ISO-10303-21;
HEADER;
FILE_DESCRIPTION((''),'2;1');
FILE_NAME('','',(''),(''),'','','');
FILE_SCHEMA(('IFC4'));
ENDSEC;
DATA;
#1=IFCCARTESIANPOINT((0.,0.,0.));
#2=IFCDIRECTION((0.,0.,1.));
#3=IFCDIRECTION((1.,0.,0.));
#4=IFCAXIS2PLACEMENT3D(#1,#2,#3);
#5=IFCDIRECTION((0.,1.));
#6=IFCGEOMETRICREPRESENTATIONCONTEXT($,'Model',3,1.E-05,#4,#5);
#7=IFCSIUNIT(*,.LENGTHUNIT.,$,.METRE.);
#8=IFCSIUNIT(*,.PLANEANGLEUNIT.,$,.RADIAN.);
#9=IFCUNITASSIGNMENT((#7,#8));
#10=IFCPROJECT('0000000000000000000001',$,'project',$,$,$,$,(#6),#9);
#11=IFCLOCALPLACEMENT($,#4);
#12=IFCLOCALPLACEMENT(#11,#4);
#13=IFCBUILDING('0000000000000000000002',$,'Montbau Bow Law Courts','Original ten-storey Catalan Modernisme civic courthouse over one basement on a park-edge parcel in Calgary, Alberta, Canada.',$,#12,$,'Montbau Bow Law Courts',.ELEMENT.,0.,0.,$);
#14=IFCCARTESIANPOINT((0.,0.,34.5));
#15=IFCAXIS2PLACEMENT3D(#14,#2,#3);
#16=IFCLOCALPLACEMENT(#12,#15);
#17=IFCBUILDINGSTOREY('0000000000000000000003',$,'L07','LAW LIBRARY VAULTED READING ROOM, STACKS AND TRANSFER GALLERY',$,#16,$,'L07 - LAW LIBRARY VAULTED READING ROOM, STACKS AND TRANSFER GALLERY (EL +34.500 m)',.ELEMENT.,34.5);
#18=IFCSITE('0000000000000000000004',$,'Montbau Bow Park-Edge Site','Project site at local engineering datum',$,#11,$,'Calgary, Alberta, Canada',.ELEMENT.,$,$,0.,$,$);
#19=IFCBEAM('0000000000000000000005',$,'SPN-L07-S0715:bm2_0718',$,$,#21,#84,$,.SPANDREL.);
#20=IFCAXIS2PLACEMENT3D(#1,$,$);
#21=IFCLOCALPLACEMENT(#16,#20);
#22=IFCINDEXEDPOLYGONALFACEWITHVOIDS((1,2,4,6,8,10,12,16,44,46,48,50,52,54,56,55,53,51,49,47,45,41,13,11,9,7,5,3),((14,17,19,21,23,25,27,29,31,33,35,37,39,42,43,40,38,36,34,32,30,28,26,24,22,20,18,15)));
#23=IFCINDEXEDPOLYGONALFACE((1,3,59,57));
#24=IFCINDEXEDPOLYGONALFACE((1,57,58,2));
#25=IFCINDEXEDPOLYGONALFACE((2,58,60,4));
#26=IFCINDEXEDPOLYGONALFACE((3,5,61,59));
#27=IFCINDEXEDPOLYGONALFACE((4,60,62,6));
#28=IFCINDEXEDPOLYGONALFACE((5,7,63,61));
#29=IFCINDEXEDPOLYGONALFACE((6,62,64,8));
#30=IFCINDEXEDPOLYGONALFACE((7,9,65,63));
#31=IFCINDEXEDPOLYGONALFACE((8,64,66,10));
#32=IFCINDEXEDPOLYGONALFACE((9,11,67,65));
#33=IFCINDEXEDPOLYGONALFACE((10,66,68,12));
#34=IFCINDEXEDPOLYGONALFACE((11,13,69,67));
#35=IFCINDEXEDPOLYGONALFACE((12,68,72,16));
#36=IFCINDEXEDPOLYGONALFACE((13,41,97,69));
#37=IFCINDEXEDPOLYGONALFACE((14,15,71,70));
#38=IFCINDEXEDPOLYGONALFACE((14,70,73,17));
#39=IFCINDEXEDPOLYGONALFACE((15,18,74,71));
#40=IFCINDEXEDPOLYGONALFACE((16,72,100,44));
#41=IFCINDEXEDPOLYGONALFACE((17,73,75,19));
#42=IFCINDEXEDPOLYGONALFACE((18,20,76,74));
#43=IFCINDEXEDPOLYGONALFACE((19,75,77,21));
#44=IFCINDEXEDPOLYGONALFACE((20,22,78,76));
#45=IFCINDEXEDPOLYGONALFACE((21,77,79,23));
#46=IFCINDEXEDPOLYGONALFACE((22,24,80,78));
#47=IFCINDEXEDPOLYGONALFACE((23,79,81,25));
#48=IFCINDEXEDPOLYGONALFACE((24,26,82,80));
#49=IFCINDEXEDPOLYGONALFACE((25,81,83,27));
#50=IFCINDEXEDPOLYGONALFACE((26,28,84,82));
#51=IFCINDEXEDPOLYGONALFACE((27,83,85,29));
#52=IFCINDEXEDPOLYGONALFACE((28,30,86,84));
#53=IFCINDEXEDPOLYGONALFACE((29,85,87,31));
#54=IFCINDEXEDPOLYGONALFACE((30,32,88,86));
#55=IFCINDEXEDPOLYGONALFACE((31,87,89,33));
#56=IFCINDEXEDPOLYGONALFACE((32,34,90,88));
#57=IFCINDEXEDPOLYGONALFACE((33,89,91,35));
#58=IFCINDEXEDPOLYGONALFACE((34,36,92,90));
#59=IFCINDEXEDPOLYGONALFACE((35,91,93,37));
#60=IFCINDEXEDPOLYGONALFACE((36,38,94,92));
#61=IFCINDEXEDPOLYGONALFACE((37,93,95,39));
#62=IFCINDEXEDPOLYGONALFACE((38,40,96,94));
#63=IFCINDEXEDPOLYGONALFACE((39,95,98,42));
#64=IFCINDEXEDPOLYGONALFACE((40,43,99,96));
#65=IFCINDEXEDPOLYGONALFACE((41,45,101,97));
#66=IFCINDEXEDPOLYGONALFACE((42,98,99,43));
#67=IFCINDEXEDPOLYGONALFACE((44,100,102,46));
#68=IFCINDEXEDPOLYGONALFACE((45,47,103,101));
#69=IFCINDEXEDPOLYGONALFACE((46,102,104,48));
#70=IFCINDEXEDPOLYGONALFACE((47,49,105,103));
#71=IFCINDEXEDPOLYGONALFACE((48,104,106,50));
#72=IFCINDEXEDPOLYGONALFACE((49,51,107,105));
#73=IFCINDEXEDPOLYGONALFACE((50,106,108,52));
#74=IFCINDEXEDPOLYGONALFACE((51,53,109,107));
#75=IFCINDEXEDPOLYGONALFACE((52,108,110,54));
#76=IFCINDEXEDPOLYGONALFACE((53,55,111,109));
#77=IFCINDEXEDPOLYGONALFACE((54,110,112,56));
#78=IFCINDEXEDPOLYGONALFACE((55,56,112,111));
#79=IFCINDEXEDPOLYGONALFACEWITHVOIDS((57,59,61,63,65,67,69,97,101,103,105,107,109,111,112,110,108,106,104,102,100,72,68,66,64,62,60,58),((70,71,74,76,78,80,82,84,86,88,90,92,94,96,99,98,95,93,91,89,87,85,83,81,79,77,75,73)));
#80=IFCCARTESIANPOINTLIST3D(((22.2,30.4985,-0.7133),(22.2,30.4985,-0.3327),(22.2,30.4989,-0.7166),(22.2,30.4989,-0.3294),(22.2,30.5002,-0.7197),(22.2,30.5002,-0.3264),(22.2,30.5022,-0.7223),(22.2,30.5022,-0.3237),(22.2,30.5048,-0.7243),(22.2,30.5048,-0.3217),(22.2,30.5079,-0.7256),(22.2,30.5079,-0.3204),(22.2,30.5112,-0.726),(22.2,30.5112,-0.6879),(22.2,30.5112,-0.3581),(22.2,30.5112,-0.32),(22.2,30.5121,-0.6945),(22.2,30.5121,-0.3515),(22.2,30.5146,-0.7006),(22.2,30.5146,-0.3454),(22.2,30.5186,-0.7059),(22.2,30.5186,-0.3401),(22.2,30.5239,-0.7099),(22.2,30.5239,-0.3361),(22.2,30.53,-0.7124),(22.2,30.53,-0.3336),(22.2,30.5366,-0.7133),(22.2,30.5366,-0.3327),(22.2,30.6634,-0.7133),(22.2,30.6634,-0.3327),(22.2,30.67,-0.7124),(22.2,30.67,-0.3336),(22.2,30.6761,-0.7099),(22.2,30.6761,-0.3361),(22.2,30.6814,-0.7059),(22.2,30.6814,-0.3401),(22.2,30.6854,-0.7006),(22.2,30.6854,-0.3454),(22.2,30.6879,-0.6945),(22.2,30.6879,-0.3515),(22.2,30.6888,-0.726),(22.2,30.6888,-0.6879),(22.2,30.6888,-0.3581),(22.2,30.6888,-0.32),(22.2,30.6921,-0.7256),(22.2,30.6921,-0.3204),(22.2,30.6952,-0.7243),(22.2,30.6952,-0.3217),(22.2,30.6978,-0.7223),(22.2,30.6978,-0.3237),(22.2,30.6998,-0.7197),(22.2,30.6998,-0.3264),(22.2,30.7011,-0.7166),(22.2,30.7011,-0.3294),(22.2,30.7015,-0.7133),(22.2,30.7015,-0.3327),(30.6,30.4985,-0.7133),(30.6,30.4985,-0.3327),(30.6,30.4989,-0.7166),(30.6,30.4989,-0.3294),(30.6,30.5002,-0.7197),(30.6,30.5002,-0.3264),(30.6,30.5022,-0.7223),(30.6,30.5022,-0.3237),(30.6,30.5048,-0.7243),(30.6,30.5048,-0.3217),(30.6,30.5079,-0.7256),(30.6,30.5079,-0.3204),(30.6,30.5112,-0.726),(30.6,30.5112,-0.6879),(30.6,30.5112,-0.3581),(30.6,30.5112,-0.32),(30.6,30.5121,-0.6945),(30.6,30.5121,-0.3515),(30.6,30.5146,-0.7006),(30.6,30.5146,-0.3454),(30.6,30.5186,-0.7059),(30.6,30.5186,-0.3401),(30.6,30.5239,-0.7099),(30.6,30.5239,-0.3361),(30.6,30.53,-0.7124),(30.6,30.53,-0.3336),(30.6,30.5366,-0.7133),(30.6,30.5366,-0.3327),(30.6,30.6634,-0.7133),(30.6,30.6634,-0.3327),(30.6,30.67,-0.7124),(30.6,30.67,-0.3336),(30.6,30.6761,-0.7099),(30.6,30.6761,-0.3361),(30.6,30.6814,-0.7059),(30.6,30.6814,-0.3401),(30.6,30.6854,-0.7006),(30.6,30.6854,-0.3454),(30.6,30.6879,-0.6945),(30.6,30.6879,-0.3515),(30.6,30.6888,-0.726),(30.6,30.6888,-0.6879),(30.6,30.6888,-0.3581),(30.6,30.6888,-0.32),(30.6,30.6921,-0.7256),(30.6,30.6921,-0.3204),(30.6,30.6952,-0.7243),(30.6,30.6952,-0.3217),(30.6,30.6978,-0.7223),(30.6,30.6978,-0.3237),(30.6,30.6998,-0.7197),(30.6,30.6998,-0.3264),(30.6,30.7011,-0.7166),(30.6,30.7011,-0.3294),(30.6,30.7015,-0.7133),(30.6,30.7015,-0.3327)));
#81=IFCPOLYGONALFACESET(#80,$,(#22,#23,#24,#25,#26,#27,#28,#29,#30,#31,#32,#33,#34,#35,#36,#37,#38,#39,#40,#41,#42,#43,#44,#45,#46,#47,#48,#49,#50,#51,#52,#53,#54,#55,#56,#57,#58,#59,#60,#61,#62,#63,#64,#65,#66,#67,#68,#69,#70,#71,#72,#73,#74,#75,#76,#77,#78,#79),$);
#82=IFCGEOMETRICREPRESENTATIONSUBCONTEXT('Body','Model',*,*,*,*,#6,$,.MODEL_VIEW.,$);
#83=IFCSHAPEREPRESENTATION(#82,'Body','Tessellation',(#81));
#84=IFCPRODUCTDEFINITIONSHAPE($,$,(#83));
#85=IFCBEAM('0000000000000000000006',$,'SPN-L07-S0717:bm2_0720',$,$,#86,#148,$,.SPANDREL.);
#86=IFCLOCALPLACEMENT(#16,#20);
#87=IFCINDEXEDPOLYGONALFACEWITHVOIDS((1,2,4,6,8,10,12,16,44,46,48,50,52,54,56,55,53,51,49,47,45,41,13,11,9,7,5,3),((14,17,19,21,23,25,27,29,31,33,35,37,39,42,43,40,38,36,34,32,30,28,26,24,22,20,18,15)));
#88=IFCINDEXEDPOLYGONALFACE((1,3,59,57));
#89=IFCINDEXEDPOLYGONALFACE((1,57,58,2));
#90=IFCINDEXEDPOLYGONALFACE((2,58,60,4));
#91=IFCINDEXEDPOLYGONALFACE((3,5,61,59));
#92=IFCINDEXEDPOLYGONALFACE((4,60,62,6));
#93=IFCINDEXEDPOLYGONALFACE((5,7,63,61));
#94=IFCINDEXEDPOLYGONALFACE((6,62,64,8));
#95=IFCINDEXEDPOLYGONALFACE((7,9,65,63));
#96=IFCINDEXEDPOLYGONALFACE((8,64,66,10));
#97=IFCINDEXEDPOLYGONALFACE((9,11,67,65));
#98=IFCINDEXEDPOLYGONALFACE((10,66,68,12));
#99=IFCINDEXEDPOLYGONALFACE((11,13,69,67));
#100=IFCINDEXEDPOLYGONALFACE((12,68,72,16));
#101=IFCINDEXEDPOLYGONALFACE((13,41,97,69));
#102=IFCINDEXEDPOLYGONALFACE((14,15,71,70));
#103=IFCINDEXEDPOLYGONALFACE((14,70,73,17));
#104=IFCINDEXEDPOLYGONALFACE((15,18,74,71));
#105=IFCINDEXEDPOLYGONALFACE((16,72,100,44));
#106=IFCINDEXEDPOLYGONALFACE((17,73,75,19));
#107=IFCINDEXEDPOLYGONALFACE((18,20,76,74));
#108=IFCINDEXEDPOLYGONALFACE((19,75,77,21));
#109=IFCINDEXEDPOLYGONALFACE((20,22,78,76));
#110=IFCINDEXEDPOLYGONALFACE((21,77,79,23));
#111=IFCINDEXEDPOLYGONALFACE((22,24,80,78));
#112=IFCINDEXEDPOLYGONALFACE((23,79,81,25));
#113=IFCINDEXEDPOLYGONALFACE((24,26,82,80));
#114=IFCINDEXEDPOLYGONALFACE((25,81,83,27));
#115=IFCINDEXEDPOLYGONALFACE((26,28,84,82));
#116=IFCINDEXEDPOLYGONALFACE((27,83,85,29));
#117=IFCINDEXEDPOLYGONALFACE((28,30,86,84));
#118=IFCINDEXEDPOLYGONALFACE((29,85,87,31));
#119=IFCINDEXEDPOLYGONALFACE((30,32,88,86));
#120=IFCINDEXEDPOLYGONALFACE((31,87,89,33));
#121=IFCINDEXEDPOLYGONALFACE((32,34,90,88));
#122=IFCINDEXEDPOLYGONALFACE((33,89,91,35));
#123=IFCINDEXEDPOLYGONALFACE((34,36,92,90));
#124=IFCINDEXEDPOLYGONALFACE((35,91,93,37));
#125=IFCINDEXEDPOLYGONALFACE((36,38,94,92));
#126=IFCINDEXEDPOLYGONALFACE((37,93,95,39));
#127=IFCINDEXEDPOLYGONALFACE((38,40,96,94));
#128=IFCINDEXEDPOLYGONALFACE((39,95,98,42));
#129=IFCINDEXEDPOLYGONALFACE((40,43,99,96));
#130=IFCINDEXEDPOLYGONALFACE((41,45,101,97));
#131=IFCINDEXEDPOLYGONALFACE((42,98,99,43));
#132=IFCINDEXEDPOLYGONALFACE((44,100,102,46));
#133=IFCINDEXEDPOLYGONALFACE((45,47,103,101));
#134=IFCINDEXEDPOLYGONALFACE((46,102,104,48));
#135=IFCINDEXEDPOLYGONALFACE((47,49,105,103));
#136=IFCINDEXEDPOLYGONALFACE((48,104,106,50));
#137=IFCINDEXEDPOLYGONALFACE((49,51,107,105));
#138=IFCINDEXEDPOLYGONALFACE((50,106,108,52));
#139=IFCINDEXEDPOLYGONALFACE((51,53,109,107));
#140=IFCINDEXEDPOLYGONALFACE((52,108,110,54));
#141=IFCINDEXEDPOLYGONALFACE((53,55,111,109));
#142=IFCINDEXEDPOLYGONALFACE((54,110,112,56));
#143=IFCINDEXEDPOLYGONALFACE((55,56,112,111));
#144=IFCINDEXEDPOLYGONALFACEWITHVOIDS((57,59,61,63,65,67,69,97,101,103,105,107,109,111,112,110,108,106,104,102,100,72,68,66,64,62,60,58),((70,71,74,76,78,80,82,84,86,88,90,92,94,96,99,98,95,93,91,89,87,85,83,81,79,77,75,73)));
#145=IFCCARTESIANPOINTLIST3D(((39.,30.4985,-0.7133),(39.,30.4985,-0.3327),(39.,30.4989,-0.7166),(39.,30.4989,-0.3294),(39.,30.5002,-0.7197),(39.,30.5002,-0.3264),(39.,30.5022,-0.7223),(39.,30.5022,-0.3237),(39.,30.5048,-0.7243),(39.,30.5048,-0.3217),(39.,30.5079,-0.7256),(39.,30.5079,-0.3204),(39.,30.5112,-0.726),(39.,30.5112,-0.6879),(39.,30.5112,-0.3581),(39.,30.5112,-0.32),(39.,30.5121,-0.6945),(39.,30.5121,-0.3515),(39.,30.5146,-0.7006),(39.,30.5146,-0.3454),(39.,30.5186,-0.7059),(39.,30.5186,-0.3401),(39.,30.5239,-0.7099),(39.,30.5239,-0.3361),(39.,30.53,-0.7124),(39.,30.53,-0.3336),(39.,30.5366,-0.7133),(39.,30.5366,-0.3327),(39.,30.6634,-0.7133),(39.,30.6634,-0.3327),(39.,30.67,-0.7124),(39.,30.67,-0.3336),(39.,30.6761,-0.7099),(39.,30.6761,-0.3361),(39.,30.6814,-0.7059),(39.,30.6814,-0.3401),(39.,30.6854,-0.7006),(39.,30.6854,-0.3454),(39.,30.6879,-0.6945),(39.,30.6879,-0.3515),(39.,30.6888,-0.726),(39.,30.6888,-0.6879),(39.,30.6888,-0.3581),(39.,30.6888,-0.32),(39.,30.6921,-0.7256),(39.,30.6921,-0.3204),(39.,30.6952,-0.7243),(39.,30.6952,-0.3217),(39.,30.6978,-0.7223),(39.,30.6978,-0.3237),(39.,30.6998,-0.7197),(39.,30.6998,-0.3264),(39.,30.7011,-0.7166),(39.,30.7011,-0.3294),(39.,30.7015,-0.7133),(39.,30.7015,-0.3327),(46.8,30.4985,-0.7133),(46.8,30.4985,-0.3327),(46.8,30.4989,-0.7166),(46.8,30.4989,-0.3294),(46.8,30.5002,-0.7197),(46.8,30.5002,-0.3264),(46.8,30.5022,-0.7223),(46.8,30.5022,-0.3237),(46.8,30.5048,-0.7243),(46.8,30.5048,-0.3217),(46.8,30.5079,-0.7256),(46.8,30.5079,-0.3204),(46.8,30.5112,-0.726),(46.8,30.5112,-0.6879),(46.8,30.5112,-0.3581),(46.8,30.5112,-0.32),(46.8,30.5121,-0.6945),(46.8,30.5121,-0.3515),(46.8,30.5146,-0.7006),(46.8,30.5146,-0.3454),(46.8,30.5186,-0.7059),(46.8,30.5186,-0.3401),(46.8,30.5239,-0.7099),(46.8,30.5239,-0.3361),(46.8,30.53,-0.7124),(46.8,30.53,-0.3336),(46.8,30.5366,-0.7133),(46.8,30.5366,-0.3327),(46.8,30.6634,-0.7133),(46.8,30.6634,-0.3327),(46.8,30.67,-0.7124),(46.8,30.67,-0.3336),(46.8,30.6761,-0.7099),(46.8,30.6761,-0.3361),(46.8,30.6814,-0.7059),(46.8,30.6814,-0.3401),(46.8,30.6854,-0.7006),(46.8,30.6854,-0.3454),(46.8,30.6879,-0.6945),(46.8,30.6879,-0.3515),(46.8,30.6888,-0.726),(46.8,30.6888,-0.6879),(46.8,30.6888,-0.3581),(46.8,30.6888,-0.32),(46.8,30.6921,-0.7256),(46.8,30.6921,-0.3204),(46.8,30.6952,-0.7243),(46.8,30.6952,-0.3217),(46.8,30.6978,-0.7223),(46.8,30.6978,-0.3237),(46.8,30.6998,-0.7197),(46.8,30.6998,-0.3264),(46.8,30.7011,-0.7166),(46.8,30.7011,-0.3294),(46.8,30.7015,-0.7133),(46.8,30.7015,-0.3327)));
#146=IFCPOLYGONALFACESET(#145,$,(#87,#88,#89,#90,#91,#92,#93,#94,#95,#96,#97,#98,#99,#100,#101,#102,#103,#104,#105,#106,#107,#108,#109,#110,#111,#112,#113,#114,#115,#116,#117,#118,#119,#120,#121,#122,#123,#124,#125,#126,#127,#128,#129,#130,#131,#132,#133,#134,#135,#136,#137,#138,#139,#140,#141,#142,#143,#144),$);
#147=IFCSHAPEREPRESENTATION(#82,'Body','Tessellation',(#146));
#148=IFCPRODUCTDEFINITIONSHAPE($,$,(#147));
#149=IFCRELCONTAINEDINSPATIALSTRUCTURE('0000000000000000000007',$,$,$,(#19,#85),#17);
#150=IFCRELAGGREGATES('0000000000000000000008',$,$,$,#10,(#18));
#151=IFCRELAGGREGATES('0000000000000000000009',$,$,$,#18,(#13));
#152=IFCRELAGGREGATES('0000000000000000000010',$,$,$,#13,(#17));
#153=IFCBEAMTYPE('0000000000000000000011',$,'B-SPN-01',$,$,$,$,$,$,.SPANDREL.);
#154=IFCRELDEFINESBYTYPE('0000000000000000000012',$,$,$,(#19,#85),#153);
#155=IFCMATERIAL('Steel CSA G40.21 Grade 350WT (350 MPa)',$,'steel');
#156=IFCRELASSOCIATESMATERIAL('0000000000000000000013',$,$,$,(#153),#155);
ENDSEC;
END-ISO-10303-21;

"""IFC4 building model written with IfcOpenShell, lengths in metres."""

from ifc_helpers import new_model, si_unit, direction, frame, origin_with_axes, origin_2d_with_axis, place, context, subcontext, project, spatial, hollow_rectangle, extrude, material, material_profile, profile_set, type_object, element, save


model = new_model("IFC4")

# Units and contexts
model_context = context("Model", 3, precision=1e-05, world=origin_with_axes(), true_north=direction((0.0, 1.0)))
body_context = subcontext(model_context, "Body", "Model", "MODEL_VIEW")
ifc_project = project(units=[si_unit("LENGTHUNIT", "METRE"), si_unit("PLANEANGLEUNIT", "RADIAN")], contexts=[model_context])

# Site, building, storey
site_placement = place(None, origin_with_axes())
site = spatial("IfcSite", under=ifc_project, at=site_placement, Name="Montbau Bow Park-Edge Site", Description="Project site at local engineering datum", LongName="Calgary, Alberta, Canada", CompositionType="ELEMENT", RefElevation=0.0)
building_placement = place(site_placement, origin_with_axes())
building = spatial("IfcBuilding", under=site, at=building_placement, Name="Montbau Bow Law Courts", Description="Original ten-storey Catalan Modernisme civic courthouse over one basement on a park-edge parcel in Calgary, Alberta, Canada.", LongName="Montbau Bow Law Courts", CompositionType="ELEMENT", ElevationOfRefHeight=0.0, ElevationOfTerrain=0.0)
storey_placement = place(building_placement, frame((0.0, 0.0, 34.5), z_axis=(0.0, 0.0, 1.0), x_axis=(1.0, 0.0, 0.0)))
storey = spatial("IfcBuildingStorey", under=building, at=storey_placement, Name="L07", Description="LAW LIBRARY VAULTED READING ROOM, STACKS AND TRANSFER GALLERY", LongName="L07 - LAW LIBRARY VAULTED READING ROOM, STACKS AND TRANSFER GALLERY (EL +34.500 m)", CompositionType="ELEMENT", Elevation=34.5)

# Beams
ifc_material_1 = material(Name="Steel CSA G40.21 Grade 350WT (350 MPa)", Category="steel")
ifc_material_profile_1 = material_profile(ifc_material_1, hollow_rectangle(XDim=0.203, YDim=0.406, WallThickness=0.0127, InnerFilletRadius=0.0254, OuterFilletRadius=0.0127, at=origin_2d_with_axis()), Name="HSS406X203X13", Category="Main", Priority=0)
ifc_profile_set_1 = profile_set([ifc_material_profile_1], Name="Steel CSA G40.21 Grade 350WT (350 MPa)")
beam_type_1 = type_object("IfcBeamType", Name="B-SPN-01", PredefinedType="SPANDREL", material=ifc_profile_set_1)
beam_1_placement = place(None, frame((22.2, 30.6, 33.977), z_axis=(1.0, 0.0, 0.0), x_axis=(0.0, 1.0, 0.0)))
element("IfcBeam", 1, at=beam_1_placement, inside=storey, type_object=beam_type_1, Name="SPN-L07-S0715:bm2_0718", PredefinedType="SPANDREL", context=body_context, shape_type="SweptSolid", body=[
    extrude(hollow_rectangle(XDim=0.203, YDim=0.406, WallThickness=0.0127, InnerFilletRadius=0.0254, OuterFilletRadius=0.0127, at=origin_2d_with_axis()), origin_with_axes(), (0.0, 0.0, 1.0), 8.4),
])
beam_2_placement = place(None, frame((39.0, 30.6, 33.977), z_axis=(1.0, 0.0, 0.0), x_axis=(0.0, 1.0, 0.0)))
element("IfcBeam", 2, at=beam_2_placement, inside=storey, type_object=beam_type_1, Name="SPN-L07-S0717:bm2_0720", PredefinedType="SPANDREL", context=body_context, shape_type="SweptSolid", body=[
    extrude(hollow_rectangle(XDim=0.203, YDim=0.406, WallThickness=0.0127, InnerFilletRadius=0.0254, OuterFilletRadius=0.0127, at=origin_2d_with_axis()), origin_with_axes(), (0.0, 0.0, 1.0), 7.8),
])

save(model, "model.ifc")
